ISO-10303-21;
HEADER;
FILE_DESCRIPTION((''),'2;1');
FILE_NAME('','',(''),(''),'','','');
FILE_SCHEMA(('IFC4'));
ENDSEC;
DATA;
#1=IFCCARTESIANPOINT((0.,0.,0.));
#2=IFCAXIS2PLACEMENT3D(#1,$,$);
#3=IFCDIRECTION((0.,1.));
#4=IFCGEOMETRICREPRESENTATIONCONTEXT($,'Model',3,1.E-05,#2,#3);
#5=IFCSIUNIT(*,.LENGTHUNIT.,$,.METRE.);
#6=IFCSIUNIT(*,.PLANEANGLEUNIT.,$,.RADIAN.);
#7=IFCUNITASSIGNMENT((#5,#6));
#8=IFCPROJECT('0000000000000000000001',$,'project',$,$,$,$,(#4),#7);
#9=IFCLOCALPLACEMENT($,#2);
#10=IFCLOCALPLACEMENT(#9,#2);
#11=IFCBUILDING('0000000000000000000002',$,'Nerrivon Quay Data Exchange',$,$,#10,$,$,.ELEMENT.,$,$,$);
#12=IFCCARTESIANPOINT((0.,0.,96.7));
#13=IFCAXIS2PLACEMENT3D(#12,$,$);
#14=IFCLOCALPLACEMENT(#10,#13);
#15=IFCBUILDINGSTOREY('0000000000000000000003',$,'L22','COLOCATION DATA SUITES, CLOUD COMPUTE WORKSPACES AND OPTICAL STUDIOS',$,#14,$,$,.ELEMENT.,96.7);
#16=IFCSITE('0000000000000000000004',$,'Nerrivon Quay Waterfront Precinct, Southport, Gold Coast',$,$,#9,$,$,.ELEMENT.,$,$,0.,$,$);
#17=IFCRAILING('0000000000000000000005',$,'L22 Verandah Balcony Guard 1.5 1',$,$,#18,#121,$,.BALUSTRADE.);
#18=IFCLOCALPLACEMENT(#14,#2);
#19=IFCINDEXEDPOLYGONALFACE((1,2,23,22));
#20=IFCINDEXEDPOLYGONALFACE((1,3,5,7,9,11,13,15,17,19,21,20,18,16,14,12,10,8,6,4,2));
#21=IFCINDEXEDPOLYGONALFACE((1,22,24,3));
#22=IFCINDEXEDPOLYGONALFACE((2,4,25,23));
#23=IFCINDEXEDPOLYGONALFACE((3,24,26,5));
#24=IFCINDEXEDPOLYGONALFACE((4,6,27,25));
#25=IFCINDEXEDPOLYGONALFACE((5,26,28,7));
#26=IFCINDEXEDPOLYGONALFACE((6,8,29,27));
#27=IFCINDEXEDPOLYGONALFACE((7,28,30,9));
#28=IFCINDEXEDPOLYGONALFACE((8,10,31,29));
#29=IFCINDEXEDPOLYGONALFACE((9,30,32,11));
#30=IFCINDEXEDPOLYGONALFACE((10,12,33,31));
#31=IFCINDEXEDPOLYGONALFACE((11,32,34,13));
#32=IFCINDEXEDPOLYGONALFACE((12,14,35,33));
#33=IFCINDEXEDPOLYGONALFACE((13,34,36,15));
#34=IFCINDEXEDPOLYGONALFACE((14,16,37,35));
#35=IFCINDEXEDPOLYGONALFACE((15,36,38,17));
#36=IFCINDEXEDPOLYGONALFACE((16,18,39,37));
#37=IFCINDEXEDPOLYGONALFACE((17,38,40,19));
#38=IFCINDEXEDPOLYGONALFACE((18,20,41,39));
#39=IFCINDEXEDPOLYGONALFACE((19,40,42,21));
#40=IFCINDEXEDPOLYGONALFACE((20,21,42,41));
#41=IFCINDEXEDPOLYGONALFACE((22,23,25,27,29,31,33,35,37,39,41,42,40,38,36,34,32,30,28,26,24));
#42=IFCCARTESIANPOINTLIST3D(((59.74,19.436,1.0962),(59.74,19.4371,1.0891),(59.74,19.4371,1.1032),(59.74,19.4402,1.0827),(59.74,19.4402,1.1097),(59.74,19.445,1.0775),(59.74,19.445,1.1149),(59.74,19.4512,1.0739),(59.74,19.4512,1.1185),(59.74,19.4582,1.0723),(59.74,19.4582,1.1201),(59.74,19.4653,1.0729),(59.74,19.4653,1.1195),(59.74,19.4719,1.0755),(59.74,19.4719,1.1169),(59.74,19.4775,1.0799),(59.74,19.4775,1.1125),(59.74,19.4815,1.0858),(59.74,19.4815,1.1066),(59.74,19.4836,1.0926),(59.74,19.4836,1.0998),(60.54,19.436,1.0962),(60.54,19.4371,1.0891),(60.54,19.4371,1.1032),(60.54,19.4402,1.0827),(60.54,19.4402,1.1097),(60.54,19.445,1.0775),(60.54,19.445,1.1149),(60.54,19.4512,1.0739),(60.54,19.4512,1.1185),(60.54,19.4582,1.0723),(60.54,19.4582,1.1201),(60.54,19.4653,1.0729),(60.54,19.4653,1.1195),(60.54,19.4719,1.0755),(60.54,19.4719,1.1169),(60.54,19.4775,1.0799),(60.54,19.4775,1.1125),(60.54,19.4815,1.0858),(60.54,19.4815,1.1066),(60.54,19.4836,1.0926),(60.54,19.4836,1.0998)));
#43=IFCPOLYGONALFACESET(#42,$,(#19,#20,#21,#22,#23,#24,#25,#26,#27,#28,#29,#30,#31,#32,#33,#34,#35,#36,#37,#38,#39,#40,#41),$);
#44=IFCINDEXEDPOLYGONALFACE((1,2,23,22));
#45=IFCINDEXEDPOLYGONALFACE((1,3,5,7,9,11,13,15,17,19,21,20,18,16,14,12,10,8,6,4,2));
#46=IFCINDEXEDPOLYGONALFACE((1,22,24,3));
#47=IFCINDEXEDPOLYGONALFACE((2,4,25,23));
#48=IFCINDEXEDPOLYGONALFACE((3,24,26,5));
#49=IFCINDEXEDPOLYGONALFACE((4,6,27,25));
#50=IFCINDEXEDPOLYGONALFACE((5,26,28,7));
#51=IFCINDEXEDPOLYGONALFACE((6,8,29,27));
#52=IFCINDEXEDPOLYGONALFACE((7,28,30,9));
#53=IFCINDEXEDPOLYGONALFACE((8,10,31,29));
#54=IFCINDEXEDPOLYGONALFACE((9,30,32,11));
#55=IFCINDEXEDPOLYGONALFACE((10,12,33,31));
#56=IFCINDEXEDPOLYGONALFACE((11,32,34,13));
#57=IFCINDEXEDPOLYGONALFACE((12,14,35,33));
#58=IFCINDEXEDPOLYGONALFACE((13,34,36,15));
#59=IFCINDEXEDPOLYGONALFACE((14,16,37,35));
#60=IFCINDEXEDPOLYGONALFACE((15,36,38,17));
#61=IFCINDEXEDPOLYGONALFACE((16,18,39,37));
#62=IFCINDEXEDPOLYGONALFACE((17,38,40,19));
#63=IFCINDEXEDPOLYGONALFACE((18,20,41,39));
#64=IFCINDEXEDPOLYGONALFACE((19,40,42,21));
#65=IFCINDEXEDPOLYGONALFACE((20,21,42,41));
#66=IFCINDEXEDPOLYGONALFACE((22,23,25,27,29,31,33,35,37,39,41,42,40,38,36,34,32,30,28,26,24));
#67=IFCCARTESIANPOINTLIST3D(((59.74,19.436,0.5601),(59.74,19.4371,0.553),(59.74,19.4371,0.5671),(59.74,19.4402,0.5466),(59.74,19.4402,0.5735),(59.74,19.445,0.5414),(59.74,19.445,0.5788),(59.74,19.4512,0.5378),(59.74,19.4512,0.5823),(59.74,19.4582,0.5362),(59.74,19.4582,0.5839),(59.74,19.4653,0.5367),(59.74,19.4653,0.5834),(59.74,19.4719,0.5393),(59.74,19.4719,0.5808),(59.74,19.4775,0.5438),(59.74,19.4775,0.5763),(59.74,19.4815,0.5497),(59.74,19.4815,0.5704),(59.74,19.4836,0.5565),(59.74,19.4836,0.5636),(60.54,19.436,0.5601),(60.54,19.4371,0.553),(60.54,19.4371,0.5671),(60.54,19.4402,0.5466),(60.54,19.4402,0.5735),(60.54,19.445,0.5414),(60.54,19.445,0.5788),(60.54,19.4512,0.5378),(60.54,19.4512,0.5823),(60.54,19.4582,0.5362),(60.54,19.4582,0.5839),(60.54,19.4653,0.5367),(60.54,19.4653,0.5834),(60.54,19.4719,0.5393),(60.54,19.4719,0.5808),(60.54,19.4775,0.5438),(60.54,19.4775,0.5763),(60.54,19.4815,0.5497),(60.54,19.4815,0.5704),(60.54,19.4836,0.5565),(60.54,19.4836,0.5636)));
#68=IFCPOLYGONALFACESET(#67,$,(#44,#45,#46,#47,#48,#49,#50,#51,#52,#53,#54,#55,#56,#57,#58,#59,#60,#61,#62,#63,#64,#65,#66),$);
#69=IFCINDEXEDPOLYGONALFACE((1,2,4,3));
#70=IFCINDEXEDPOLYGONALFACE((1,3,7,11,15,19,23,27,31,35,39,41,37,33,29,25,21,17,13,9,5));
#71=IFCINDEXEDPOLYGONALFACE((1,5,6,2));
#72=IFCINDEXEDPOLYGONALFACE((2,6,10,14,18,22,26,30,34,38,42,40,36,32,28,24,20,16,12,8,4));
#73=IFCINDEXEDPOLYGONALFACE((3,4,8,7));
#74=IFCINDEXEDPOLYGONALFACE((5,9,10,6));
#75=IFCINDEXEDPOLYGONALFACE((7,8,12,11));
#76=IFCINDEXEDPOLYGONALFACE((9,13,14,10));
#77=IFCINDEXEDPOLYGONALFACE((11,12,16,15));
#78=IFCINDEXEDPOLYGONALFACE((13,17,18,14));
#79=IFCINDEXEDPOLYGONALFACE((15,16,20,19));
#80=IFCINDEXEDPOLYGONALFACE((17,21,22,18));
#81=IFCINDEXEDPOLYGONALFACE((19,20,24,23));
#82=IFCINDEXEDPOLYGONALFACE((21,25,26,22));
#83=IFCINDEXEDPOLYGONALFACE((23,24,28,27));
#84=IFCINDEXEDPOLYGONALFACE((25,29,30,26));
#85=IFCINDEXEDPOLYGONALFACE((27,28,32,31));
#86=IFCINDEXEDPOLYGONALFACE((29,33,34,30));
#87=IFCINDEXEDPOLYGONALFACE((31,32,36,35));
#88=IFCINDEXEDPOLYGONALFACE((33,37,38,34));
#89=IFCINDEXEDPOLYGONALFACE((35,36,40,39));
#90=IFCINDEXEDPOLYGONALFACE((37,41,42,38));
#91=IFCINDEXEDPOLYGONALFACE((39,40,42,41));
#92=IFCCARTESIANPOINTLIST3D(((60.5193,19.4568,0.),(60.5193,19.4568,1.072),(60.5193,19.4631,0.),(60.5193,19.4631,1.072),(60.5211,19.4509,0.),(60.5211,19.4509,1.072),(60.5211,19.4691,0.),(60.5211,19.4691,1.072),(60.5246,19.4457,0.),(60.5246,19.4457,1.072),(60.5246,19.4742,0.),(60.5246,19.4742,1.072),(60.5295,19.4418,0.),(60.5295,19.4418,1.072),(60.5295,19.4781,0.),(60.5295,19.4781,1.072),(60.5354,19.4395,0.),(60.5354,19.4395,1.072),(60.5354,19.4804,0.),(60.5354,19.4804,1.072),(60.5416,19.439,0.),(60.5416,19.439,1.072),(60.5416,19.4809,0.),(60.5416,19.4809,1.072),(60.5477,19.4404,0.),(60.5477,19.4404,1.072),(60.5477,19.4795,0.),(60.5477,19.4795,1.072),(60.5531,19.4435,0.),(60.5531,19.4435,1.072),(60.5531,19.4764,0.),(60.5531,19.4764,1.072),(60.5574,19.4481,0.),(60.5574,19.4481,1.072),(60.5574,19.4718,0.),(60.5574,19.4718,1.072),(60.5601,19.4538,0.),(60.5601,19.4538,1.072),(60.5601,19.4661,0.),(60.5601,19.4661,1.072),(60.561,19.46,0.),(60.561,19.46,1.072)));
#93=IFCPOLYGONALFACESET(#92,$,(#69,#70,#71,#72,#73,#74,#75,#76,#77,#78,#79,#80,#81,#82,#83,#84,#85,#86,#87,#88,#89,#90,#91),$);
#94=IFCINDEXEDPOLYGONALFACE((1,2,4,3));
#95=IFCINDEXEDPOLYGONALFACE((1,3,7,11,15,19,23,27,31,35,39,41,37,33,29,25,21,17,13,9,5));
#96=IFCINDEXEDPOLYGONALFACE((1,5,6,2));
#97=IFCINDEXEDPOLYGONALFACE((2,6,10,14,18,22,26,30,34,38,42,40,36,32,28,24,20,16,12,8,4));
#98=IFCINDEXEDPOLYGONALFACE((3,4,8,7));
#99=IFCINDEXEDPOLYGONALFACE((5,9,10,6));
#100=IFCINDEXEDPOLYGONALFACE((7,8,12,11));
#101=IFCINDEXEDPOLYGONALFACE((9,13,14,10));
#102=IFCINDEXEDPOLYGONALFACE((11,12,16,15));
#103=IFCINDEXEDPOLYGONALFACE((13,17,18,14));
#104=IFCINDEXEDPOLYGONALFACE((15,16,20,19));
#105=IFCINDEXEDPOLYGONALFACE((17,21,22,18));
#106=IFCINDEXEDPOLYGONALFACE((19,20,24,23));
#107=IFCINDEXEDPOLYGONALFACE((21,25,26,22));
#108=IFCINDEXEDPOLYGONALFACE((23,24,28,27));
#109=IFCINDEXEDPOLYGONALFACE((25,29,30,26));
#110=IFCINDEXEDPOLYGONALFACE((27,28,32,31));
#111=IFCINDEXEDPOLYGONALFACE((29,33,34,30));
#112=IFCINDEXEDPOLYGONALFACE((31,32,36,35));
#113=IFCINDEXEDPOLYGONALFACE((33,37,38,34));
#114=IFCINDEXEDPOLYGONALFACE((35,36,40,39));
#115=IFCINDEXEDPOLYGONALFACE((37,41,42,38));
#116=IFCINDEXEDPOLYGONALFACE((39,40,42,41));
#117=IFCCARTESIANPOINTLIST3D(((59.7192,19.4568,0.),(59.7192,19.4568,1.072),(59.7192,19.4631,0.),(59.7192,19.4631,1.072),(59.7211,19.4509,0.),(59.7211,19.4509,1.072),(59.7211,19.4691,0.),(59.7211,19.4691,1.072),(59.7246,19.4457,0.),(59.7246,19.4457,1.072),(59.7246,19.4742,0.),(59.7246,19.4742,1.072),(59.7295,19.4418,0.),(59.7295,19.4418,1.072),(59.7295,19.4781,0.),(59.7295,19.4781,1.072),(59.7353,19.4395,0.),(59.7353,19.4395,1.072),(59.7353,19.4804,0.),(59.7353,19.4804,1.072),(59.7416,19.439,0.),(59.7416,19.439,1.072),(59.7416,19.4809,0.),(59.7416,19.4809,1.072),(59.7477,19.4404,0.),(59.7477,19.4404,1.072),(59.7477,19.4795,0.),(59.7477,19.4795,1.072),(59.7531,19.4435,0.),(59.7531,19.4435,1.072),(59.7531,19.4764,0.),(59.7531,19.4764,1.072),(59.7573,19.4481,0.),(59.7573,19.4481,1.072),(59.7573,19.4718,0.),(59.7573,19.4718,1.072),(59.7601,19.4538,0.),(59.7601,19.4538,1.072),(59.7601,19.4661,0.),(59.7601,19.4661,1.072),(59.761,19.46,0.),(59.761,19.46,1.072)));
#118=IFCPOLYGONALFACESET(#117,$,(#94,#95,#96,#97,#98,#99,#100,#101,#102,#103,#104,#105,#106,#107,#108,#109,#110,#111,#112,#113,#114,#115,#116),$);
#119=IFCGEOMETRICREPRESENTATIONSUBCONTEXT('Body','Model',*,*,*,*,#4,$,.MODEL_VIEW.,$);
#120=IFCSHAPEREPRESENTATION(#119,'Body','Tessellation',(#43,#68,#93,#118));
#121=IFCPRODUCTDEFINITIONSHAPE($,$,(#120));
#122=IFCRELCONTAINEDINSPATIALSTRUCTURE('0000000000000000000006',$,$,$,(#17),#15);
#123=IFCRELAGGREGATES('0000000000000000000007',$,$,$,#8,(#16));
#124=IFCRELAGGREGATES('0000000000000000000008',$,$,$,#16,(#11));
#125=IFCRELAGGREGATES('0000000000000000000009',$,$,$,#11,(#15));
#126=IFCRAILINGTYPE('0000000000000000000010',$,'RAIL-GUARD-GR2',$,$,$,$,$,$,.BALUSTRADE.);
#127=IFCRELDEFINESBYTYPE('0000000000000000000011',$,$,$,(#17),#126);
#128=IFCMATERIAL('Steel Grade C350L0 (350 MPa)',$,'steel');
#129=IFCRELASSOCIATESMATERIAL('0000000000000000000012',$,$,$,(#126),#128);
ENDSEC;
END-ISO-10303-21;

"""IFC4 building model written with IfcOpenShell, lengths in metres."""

from ifc_helpers import new_model, si_unit, direction, frame, origin, origin_2d, place, context, subcontext, project, spatial, circle, extrude, material, type_object, element, save


model = new_model("IFC4")

# Units and contexts
model_context = context("Model", 3, precision=1e-05, world=origin(), true_north=direction((0.0, 1.0)))
body_context = subcontext(model_context, "Body", "Model", "MODEL_VIEW")
ifc_project = project(units=[si_unit("LENGTHUNIT", "METRE"), si_unit("PLANEANGLEUNIT", "RADIAN")], contexts=[model_context])

# Site, building, storey
site_placement = place(None, origin())
site = spatial("IfcSite", under=ifc_project, at=site_placement, Name="Nerrivon Quay Waterfront Precinct, Southport, Gold Coast", CompositionType="ELEMENT", RefElevation=0.0)
building_placement = place(site_placement, origin())
building = spatial("IfcBuilding", under=site, at=building_placement, Name="Nerrivon Quay Data Exchange", CompositionType="ELEMENT")
storey_placement = place(building_placement, frame((0.0, 0.0, 96.7)))
storey = spatial("IfcBuildingStorey", under=building, at=storey_placement, Name="L22", Description="COLOCATION DATA SUITES, CLOUD COMPUTE WORKSPACES AND OPTICAL STUDIOS", CompositionType="ELEMENT", Elevation=96.7)

# Railing
ifc_material_1 = material(Name="Steel Grade C350L0 (350 MPa)", Category="steel")
railing_type = type_object("IfcRailingType", Name="RAIL-GUARD-GR2", PredefinedType="BALUSTRADE", material=ifc_material_1)
railing_1_placement = place(storey_placement, frame((60.54, 19.46, 0.0)))
element("IfcRailing", 1, at=railing_1_placement, inside=storey, type_object=railing_type, Name="L22 Verandah Balcony Guard 1.5 1", PredefinedType="BALUSTRADE", context=body_context, shape_type="SweptSolid", body=[
    extrude(circle(Radius=0.0239, at=origin_2d()), frame((0.0, 0.0, 1.0962), z_axis=(-1.0, 0.0, 0.0), x_axis=(0.0, -1.0, 0.0)), (0.0, 0.0, 1.0), 0.8),
    extrude(circle(Radius=0.0239, at=origin_2d()), frame((0.0, 0.0, 0.5601), z_axis=(-1.0, 0.0, 0.0), x_axis=(0.0, -1.0, 0.0)), (0.0, 0.0, 1.0), 0.8),
    extrude(circle(Radius=0.021, at=origin_2d()), origin(), (0.0, 0.0, 1.0), 1.072),
    extrude(circle(Radius=0.021, at=origin_2d()), frame((-0.8, 0.0, 0.0)), (0.0, 0.0, 1.0), 1.072),
])

save(model, "model.ifc")
